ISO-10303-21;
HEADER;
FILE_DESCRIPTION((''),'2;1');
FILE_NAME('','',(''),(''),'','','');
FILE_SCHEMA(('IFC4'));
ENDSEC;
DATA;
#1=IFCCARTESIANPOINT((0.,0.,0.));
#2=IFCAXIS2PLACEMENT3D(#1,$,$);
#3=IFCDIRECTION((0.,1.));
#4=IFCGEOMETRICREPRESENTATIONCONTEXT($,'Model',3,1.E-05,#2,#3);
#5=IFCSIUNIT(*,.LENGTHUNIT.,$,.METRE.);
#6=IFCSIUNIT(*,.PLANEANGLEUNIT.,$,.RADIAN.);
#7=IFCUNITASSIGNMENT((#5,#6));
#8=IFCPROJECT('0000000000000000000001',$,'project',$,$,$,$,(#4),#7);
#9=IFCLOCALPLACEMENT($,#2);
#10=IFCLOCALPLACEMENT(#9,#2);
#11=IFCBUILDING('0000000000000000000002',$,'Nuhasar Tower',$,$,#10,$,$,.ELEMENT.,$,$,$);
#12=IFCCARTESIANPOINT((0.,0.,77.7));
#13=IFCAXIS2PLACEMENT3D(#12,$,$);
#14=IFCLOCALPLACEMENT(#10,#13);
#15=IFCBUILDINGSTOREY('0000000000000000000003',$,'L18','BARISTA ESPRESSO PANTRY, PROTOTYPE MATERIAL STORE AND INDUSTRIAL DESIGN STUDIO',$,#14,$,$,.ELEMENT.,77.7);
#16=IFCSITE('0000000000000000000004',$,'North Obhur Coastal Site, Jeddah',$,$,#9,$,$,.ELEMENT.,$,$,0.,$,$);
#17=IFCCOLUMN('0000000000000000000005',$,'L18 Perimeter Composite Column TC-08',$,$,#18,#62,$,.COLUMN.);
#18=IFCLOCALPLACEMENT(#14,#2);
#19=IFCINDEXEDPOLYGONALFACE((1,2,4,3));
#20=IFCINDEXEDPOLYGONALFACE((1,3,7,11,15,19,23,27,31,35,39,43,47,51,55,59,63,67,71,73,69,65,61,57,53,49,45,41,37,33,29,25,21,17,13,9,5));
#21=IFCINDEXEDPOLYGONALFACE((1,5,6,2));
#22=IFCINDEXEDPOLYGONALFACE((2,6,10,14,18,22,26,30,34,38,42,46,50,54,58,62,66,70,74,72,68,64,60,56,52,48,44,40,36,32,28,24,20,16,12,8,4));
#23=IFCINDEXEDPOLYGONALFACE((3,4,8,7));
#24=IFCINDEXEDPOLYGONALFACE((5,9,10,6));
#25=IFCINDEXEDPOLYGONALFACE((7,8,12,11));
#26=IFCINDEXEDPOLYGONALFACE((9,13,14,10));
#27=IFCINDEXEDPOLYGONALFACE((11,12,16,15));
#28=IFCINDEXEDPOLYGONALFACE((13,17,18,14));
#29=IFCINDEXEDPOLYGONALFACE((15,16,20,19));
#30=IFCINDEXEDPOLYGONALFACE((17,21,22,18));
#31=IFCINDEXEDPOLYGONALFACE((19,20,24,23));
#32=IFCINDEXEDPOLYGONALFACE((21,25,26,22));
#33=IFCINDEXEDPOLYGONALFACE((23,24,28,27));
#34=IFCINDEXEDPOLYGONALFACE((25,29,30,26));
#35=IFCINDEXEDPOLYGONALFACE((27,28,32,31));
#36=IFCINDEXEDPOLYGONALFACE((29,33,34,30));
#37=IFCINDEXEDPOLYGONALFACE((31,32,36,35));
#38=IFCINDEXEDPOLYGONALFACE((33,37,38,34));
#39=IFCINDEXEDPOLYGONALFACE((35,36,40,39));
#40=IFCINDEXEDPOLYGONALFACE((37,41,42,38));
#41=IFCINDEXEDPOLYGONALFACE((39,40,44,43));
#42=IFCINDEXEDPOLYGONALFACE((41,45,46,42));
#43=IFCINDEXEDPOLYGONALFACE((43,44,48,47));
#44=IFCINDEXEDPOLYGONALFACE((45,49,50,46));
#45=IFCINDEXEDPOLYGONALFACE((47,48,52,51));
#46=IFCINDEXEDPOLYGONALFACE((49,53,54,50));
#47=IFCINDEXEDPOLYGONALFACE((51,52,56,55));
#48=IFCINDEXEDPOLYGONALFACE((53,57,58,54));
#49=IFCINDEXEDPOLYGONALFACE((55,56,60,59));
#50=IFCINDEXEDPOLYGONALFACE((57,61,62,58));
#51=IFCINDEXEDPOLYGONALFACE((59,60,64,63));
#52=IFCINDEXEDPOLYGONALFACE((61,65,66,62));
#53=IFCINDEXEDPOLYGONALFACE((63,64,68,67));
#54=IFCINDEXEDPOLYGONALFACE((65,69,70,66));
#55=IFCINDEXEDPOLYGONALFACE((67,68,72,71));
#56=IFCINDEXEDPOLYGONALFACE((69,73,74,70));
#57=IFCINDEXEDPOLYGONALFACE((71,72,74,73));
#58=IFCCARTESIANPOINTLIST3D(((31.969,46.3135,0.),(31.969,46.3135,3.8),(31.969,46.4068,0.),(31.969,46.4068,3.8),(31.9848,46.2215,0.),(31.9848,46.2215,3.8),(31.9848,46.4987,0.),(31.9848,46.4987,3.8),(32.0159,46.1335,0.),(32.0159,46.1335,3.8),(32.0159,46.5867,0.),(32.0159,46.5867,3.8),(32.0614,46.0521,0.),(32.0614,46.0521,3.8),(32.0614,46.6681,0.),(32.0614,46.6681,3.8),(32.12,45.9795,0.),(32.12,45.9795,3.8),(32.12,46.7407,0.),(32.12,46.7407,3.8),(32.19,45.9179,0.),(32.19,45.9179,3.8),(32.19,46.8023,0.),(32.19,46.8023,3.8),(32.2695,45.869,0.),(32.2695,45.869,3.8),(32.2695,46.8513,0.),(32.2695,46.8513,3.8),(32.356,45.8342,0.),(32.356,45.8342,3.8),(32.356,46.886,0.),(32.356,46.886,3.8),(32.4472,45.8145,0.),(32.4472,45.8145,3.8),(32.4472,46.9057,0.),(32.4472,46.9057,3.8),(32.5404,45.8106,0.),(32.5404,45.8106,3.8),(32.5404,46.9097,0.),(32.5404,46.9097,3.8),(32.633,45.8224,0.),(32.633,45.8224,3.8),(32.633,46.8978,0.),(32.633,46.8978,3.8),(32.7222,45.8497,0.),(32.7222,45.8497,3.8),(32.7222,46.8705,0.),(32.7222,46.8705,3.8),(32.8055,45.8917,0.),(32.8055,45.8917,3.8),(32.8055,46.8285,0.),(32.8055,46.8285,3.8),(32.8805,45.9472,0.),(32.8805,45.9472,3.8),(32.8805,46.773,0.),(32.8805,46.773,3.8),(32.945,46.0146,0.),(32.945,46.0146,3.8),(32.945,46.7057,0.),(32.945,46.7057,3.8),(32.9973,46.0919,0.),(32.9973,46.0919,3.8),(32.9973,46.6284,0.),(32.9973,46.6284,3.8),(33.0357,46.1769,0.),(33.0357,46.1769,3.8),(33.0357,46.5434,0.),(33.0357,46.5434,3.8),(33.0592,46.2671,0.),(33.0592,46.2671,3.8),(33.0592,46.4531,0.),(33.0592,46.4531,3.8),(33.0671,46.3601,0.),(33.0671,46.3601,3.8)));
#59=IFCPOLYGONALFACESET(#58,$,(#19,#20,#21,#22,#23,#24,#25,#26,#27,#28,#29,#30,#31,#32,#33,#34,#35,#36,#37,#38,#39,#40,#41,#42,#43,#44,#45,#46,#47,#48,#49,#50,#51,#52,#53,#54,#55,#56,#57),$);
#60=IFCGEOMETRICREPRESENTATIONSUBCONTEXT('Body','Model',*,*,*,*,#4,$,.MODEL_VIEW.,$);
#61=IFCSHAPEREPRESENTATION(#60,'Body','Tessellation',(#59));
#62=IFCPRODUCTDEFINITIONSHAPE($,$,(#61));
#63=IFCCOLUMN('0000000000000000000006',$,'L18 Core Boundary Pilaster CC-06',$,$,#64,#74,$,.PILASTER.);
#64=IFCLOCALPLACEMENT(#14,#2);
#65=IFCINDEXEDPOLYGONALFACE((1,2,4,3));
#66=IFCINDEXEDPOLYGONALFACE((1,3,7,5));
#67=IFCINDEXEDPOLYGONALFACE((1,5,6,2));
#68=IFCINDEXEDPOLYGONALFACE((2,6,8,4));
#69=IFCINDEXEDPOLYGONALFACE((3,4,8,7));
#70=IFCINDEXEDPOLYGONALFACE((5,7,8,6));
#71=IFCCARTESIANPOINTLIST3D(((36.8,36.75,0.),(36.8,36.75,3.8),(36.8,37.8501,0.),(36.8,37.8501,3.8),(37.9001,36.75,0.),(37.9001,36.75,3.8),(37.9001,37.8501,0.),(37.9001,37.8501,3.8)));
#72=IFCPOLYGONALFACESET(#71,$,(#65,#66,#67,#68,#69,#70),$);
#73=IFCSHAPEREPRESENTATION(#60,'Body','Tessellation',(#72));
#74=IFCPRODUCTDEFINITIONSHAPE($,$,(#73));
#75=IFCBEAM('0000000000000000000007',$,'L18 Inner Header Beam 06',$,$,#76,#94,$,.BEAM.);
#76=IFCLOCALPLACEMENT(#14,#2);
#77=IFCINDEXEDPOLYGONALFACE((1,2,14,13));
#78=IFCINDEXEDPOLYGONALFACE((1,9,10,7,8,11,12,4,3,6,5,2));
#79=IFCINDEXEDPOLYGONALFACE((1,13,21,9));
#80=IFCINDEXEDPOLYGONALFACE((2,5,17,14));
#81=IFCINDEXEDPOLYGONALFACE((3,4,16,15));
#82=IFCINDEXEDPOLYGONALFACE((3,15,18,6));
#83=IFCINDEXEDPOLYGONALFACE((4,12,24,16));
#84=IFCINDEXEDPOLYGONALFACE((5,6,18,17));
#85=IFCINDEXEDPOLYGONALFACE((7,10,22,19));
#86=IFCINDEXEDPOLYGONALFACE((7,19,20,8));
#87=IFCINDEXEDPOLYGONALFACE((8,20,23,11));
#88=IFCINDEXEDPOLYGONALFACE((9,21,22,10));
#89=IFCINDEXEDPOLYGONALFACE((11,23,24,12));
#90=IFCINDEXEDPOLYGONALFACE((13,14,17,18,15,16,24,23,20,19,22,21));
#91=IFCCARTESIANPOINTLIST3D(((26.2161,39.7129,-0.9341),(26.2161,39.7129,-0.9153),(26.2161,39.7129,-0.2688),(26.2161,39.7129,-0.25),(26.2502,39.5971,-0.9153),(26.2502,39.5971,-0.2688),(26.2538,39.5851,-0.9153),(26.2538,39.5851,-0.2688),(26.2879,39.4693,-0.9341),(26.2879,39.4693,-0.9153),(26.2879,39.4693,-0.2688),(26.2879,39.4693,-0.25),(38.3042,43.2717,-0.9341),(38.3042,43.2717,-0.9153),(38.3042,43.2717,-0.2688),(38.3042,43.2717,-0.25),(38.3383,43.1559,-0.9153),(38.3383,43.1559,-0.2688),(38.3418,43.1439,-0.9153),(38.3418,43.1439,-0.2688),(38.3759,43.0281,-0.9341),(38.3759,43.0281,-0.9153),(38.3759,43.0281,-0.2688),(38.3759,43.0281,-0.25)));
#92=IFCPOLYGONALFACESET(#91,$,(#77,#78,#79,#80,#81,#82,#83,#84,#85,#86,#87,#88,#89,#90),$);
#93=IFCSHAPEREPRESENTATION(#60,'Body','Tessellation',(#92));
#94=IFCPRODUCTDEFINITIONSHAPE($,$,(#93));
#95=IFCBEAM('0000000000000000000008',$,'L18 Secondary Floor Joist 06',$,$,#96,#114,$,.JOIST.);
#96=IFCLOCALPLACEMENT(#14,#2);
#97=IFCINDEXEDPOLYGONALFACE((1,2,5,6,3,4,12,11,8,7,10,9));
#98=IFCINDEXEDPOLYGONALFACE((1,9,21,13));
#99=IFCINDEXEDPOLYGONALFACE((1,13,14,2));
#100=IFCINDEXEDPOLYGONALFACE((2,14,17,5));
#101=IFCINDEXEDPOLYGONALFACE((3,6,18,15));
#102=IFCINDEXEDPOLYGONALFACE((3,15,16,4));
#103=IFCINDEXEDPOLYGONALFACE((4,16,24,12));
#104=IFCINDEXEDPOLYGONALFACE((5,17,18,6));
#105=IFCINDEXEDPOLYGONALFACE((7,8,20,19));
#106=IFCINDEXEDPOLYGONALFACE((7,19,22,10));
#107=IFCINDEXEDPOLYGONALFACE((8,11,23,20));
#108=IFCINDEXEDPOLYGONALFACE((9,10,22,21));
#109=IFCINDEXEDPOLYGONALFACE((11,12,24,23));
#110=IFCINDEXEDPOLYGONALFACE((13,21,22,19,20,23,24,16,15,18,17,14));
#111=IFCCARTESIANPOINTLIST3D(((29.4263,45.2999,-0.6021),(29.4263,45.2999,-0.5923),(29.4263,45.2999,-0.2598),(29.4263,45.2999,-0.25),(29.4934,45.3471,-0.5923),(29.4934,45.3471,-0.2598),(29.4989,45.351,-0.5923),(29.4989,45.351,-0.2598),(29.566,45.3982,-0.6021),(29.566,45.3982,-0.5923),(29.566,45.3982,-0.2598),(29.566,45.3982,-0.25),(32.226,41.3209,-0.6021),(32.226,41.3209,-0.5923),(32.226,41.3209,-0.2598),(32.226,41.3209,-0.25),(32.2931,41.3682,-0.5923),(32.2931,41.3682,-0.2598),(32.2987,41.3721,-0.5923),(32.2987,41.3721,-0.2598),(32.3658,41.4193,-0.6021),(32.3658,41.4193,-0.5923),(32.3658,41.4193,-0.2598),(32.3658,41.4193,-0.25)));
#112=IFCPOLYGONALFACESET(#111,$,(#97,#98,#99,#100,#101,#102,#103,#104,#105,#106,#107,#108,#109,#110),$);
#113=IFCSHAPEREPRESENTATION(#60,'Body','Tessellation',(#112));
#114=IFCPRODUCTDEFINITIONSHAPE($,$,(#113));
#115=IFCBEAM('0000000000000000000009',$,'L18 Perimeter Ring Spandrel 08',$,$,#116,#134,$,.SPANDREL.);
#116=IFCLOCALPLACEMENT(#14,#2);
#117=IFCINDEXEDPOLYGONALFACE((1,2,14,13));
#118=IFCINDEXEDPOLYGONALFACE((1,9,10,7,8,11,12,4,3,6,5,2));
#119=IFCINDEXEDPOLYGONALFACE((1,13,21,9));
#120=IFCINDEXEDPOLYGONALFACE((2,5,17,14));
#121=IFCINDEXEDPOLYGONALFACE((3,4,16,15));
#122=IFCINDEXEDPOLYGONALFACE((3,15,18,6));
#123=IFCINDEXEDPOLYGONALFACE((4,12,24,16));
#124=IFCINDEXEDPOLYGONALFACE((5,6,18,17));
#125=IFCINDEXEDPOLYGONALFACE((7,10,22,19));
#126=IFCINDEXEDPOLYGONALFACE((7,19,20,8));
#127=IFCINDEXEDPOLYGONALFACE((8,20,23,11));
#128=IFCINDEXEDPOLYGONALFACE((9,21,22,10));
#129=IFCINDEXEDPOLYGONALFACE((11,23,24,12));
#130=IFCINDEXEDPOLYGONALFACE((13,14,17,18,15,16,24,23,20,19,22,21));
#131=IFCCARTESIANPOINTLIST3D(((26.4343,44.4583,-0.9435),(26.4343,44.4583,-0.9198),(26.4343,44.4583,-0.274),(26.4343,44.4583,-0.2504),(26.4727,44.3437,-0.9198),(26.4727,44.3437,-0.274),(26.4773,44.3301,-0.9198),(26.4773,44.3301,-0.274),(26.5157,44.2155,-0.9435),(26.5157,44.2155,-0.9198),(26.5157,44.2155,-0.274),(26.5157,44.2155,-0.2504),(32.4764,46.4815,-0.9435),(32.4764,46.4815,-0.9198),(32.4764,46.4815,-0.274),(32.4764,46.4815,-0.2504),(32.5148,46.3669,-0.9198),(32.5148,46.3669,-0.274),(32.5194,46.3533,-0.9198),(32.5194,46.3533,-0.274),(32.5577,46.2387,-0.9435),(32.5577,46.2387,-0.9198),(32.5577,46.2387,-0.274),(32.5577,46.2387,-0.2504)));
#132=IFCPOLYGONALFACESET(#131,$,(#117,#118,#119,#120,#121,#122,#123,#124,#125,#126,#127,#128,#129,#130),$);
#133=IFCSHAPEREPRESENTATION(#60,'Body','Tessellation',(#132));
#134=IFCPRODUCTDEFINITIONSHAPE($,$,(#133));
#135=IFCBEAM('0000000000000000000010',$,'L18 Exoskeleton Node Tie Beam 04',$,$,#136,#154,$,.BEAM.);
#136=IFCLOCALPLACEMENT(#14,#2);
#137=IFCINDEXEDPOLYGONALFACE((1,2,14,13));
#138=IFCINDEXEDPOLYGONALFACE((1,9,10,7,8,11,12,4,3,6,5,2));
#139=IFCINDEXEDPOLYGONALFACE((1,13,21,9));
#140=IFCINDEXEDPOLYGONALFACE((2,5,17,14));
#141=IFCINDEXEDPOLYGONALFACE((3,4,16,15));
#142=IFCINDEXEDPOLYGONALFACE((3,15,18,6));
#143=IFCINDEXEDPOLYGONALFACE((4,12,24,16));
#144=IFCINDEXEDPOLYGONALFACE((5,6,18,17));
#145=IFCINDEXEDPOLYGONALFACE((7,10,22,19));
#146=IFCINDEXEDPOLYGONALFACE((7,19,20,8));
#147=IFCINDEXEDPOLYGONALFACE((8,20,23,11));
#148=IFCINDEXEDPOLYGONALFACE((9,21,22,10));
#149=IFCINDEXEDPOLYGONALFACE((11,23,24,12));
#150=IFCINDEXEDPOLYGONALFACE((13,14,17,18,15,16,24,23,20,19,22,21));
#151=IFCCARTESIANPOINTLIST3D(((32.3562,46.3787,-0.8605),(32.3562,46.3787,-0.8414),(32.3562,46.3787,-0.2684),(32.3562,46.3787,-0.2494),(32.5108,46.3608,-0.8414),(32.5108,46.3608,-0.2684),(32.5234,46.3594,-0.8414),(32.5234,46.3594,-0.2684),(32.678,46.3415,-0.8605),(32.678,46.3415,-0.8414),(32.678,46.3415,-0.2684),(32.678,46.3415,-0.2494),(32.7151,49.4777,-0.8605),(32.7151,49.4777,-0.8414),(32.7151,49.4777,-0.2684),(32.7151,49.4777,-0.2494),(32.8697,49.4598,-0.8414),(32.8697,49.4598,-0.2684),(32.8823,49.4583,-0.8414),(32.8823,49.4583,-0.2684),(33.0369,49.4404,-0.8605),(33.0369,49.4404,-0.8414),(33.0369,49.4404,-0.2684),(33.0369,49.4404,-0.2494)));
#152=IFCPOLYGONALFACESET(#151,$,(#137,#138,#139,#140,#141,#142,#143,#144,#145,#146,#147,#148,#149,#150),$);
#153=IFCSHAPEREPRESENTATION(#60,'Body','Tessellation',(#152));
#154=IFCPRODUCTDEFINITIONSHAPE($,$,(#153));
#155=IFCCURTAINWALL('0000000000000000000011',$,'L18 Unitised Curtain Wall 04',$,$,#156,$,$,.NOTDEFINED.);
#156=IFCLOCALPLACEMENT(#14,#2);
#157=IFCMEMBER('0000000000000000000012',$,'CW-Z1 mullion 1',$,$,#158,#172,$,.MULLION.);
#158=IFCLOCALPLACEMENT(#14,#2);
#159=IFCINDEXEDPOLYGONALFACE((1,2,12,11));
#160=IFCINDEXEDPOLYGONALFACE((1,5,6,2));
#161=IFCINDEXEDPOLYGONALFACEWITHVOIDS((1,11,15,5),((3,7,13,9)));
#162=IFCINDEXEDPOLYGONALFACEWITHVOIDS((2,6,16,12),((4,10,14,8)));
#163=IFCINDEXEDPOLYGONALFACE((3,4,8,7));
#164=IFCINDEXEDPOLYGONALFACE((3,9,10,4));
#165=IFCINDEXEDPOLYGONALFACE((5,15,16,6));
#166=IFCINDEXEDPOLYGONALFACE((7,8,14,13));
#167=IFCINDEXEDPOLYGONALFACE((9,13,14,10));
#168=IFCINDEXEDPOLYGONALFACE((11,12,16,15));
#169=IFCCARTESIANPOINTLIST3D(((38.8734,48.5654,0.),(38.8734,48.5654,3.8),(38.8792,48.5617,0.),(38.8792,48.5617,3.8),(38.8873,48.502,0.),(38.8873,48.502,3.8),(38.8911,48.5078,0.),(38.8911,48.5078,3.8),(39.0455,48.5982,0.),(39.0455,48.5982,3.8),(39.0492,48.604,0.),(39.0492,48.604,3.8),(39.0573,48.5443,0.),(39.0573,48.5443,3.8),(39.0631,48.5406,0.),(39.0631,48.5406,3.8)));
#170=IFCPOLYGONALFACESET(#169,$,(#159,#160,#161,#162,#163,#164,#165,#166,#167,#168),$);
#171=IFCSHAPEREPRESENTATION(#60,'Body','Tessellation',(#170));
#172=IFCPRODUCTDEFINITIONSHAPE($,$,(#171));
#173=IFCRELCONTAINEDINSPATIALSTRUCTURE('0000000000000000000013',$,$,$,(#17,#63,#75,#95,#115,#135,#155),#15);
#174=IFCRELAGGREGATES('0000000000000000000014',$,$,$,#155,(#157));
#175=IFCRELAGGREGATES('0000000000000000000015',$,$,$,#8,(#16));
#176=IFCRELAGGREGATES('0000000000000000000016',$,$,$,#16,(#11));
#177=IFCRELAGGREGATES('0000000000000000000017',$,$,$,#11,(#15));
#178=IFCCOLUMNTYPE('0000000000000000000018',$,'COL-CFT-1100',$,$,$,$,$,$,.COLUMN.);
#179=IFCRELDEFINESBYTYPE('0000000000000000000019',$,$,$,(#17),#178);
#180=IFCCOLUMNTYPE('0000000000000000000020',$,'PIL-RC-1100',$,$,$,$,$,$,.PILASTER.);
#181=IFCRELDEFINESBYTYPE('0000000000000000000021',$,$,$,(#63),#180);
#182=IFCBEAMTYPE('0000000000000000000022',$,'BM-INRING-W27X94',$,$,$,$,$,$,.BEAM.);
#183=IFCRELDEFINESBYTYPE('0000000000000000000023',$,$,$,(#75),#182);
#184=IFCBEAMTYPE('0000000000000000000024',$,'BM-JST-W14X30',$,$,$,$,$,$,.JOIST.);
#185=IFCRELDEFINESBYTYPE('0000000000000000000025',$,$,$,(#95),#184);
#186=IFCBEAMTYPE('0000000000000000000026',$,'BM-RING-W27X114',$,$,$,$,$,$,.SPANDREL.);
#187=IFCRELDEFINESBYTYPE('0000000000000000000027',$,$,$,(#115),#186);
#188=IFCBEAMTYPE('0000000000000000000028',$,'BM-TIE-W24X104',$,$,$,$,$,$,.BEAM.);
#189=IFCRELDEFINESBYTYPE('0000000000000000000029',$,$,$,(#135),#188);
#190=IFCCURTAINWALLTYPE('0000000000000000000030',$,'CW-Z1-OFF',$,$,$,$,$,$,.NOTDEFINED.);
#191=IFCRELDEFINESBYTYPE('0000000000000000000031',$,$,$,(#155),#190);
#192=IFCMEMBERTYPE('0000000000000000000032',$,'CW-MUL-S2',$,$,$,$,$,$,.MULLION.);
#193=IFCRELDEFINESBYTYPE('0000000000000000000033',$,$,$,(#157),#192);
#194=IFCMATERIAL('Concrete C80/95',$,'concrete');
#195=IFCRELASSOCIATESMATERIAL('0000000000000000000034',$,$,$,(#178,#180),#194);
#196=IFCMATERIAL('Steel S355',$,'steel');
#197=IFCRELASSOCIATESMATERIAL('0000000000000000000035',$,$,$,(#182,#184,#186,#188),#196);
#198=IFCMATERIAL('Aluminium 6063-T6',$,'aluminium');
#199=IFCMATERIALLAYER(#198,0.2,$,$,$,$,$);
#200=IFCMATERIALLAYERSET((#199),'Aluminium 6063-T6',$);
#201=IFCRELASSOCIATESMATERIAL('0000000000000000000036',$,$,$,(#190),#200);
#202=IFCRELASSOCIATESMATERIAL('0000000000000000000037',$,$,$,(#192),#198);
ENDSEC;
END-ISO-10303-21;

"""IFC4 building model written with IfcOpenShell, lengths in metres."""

from ifc_helpers import new_model, si_unit, direction, frame, origin, origin_2d, place, context, subcontext, project, spatial, rectangle, hollow_rectangle, circle, i_section, extrude, material, layer, layer_set, material_profile, profile_set, type_object, element, aggregate, save


model = new_model("IFC4")

# Units and contexts
model_context = context("Model", 3, precision=1e-05, world=origin(), true_north=direction((0.0, 1.0)))
body_context = subcontext(model_context, "Body", "Model", "MODEL_VIEW")
ifc_project = project(units=[si_unit("LENGTHUNIT", "METRE"), si_unit("PLANEANGLEUNIT", "RADIAN")], contexts=[model_context])

# Site, building, storey
site_placement = place(None, origin())
site = spatial("IfcSite", under=ifc_project, at=site_placement, Name="North Obhur Coastal Site, Jeddah", CompositionType="ELEMENT", RefElevation=0.0)
building_placement = place(site_placement, origin())
building = spatial("IfcBuilding", under=site, at=building_placement, Name="Nuhasar Tower", CompositionType="ELEMENT")
storey_placement = place(building_placement, frame((0.0, 0.0, 77.7)))
storey = spatial("IfcBuildingStorey", under=building, at=storey_placement, Name="L18", Description="BARISTA ESPRESSO PANTRY, PROTOTYPE MATERIAL STORE AND INDUSTRIAL DESIGN STUDIO", CompositionType="ELEMENT", Elevation=77.7)

# Columns
ifc_material_1 = material(Name="Concrete C80/95", Category="concrete")
ifc_material_profile_1 = material_profile(ifc_material_1, circle(Radius=0.55, at=origin_2d()), Name="CFT1100")
ifc_profile_set_1 = profile_set([ifc_material_profile_1], Name="Concrete C80/95")
column_type_1 = type_object("IfcColumnType", Name="COL-CFT-1100", PredefinedType="COLUMN", material=ifc_profile_set_1)
column_1_placement = place(storey_placement, frame((32.5171, 46.3601, 0.0), z_axis=(0.0, 0.0, 1.0), x_axis=(1.0, 0.0, 0.0)))
element("IfcColumn", 1, at=column_1_placement, inside=storey, type_object=column_type_1, Name="L18 Perimeter Composite Column TC-08", PredefinedType="COLUMN", context=body_context, shape_type="SweptSolid", body=[
    extrude(circle(Radius=0.55, at=origin_2d()), origin(), (0.0, 0.0, 1.0), 3.8),
])
ifc_material_profile_2 = material_profile(ifc_material_1, rectangle(XDim=1.1001, YDim=1.1001, at=origin_2d()), Name="RC1100X1100")
ifc_profile_set_2 = profile_set([ifc_material_profile_2], Name="Concrete C80/95")
column_type_2 = type_object("IfcColumnType", Name="PIL-RC-1100", PredefinedType="PILASTER", material=ifc_profile_set_2)
column_2_placement = place(storey_placement, frame((37.3501, 37.3, 0.0), z_axis=(0.0, 0.0, 1.0), x_axis=(1.0, 0.0, 0.0)))
element("IfcColumn", 2, at=column_2_placement, inside=storey, type_object=column_type_2, Name="L18 Core Boundary Pilaster CC-06", PredefinedType="PILASTER", context=body_context, shape_type="SweptSolid", body=[
    extrude(rectangle(XDim=1.1001, YDim=1.1001, at=origin_2d()), origin(), (0.0, 0.0, 1.0), 3.8),
])

# Beams
ifc_material_2 = material(Name="Steel S355", Category="steel")
ifc_material_profile_3 = material_profile(ifc_material_2, i_section(OverallWidth=0.2539, OverallDepth=0.6841, WebThickness=0.0125, FlangeThickness=0.0188, at=origin_2d()), Name="W27X94")
ifc_profile_set_3 = profile_set([ifc_material_profile_3], Name="Steel S355")
beam_type_1 = type_object("IfcBeamType", Name="BM-INRING-W27X94", PredefinedType="BEAM", material=ifc_profile_set_3)
beam_1_placement = place(storey_placement, frame((38.3401, 43.1499, -0.592), z_axis=(-0.95929, -0.282422, 0.0), x_axis=(0.282422, -0.95929, 0.0)))
element("IfcBeam", 3, at=beam_1_placement, inside=storey, type_object=beam_type_1, Name="L18 Inner Header Beam 06", PredefinedType="BEAM", context=body_context, shape_type="SweptSolid", body=[
    extrude(i_section(OverallWidth=0.2539, OverallDepth=0.6841, WebThickness=0.0125, FlangeThickness=0.0188, at=origin_2d()), origin(), (0.0, 0.0, 1.0), 12.6011),
])
ifc_material_profile_4 = material_profile(ifc_material_2, i_section(OverallWidth=0.1709, OverallDepth=0.3521, WebThickness=0.0068, FlangeThickness=0.0098, at=origin_2d()), Name="W14X30")
ifc_profile_set_4 = profile_set([ifc_material_profile_4], Name="Steel S355")
beam_type_2 = type_object("IfcBeamType", Name="BM-JST-W14X30", PredefinedType="JOIST", material=ifc_profile_set_4)
beam_2_placement = place(storey_placement, frame((32.2959, 41.3701, -0.426), z_axis=(-0.575461, 0.817829, 0.0), x_axis=(-0.817829, -0.575461, 0.0)))
element("IfcBeam", 4, at=beam_2_placement, inside=storey, type_object=beam_type_2, Name="L18 Secondary Floor Joist 06", PredefinedType="JOIST", context=body_context, shape_type="SweptSolid", body=[
    extrude(i_section(OverallWidth=0.1709, OverallDepth=0.3521, WebThickness=0.0068, FlangeThickness=0.0098, at=origin_2d()), origin(), (0.0, 0.0, 1.0), 4.8652),
])
ifc_material_profile_5 = material_profile(ifc_material_2, i_section(OverallWidth=0.2561, OverallDepth=0.6931, WebThickness=0.0144, FlangeThickness=0.0237, at=origin_2d()), Name="W27X114")
ifc_profile_set_5 = profile_set([ifc_material_profile_5], Name="Steel S355")
beam_type_3 = type_object("IfcBeamType", Name="BM-RING-W27X114", PredefinedType="SPANDREL", material=ifc_profile_set_5)
beam_3_placement = place(storey_placement, frame((32.5171, 46.3601, -0.5969), z_axis=(-0.948249, -0.317526, 0.0), x_axis=(0.317526, -0.948249, 0.0)))
element("IfcBeam", 5, at=beam_3_placement, inside=storey, type_object=beam_type_3, Name="L18 Perimeter Ring Spandrel 08", PredefinedType="SPANDREL", context=body_context, shape_type="SweptSolid", body=[
    extrude(i_section(OverallWidth=0.2561, OverallDepth=0.6931, WebThickness=0.0144, FlangeThickness=0.0237, at=origin_2d()), origin(), (0.0, 0.0, 1.0), 6.3718),
])
ifc_material_profile_6 = material_profile(ifc_material_2, i_section(OverallWidth=0.324, OverallDepth=0.6111, WebThickness=0.0127, FlangeThickness=0.019, at=origin_2d()), Name="W24X104")
ifc_profile_set_6 = profile_set([ifc_material_profile_6], Name="Steel S355")
beam_type_4 = type_object("IfcBeamType", Name="BM-TIE-W24X104", PredefinedType="BEAM", material=ifc_profile_set_6)
beam_4_placement = place(storey_placement, frame((32.5171, 46.3601, -0.5549), z_axis=(0.115043, 0.993361, 0.0), x_axis=(-0.993361, 0.115043, 0.0)))
element("IfcBeam", 6, at=beam_4_placement, inside=storey, type_object=beam_type_4, Name="L18 Exoskeleton Node Tie Beam 04", PredefinedType="BEAM", context=body_context, shape_type="SweptSolid", body=[
    extrude(i_section(OverallWidth=0.324, OverallDepth=0.6111, WebThickness=0.0127, FlangeThickness=0.019, at=origin_2d()), origin(), (0.0, 0.0, 1.0), 3.1196),
])

# Curtain wall, member
ifc_material_3 = material(Name="Aluminium 6063-T6", Category="aluminium")
ifc_layer_1 = layer(ifc_material_3, 0.2)
ifc_layer_set_1 = layer_set([ifc_layer_1], Name="Aluminium 6063-T6")
curtain_wall_type = type_object("IfcCurtainWallType", Name="CW-Z1-OFF", PredefinedType="NOTDEFINED", material=ifc_layer_set_1)
curtain_wall_placement = place(storey_placement, origin())
curtain_wall = element("IfcCurtainWall", 7, at=curtain_wall_placement, inside=storey, type_object=curtain_wall_type, Name="L18 Unitised Curtain Wall 04", PredefinedType="NOTDEFINED")
ifc_material_profile_7 = material_profile(ifc_material_3, hollow_rectangle(XDim=0.0649, YDim=0.1799, WallThickness=0.0049, at=origin_2d()), Name="CWM-2")
ifc_profile_set_7 = profile_set([ifc_material_profile_7], Name="Aluminium 6063-T6")
member_type_1 = type_object("IfcMemberType", Name="CW-MUL-S2", PredefinedType="MULLION", material=ifc_profile_set_7)
member_1_placement = place(storey_placement, frame((38.9683, 48.553, 0.0), z_axis=(0.0, 0.0, 1.0), x_axis=(0.214399, -0.976746, 0.0)))
member_1 = element("IfcMember", 8, at=member_1_placement, type_object=member_type_1, Name="CW-Z1 mullion 1", PredefinedType="MULLION", context=body_context, shape_type="SweptSolid", body=[
    extrude(hollow_rectangle(XDim=0.0649, YDim=0.1799, WallThickness=0.0049, at=origin_2d()), origin(), (0.0, 0.0, 1.0), 3.8),
])

aggregate(curtain_wall, [member_1])

save(model, "model.ifc")
